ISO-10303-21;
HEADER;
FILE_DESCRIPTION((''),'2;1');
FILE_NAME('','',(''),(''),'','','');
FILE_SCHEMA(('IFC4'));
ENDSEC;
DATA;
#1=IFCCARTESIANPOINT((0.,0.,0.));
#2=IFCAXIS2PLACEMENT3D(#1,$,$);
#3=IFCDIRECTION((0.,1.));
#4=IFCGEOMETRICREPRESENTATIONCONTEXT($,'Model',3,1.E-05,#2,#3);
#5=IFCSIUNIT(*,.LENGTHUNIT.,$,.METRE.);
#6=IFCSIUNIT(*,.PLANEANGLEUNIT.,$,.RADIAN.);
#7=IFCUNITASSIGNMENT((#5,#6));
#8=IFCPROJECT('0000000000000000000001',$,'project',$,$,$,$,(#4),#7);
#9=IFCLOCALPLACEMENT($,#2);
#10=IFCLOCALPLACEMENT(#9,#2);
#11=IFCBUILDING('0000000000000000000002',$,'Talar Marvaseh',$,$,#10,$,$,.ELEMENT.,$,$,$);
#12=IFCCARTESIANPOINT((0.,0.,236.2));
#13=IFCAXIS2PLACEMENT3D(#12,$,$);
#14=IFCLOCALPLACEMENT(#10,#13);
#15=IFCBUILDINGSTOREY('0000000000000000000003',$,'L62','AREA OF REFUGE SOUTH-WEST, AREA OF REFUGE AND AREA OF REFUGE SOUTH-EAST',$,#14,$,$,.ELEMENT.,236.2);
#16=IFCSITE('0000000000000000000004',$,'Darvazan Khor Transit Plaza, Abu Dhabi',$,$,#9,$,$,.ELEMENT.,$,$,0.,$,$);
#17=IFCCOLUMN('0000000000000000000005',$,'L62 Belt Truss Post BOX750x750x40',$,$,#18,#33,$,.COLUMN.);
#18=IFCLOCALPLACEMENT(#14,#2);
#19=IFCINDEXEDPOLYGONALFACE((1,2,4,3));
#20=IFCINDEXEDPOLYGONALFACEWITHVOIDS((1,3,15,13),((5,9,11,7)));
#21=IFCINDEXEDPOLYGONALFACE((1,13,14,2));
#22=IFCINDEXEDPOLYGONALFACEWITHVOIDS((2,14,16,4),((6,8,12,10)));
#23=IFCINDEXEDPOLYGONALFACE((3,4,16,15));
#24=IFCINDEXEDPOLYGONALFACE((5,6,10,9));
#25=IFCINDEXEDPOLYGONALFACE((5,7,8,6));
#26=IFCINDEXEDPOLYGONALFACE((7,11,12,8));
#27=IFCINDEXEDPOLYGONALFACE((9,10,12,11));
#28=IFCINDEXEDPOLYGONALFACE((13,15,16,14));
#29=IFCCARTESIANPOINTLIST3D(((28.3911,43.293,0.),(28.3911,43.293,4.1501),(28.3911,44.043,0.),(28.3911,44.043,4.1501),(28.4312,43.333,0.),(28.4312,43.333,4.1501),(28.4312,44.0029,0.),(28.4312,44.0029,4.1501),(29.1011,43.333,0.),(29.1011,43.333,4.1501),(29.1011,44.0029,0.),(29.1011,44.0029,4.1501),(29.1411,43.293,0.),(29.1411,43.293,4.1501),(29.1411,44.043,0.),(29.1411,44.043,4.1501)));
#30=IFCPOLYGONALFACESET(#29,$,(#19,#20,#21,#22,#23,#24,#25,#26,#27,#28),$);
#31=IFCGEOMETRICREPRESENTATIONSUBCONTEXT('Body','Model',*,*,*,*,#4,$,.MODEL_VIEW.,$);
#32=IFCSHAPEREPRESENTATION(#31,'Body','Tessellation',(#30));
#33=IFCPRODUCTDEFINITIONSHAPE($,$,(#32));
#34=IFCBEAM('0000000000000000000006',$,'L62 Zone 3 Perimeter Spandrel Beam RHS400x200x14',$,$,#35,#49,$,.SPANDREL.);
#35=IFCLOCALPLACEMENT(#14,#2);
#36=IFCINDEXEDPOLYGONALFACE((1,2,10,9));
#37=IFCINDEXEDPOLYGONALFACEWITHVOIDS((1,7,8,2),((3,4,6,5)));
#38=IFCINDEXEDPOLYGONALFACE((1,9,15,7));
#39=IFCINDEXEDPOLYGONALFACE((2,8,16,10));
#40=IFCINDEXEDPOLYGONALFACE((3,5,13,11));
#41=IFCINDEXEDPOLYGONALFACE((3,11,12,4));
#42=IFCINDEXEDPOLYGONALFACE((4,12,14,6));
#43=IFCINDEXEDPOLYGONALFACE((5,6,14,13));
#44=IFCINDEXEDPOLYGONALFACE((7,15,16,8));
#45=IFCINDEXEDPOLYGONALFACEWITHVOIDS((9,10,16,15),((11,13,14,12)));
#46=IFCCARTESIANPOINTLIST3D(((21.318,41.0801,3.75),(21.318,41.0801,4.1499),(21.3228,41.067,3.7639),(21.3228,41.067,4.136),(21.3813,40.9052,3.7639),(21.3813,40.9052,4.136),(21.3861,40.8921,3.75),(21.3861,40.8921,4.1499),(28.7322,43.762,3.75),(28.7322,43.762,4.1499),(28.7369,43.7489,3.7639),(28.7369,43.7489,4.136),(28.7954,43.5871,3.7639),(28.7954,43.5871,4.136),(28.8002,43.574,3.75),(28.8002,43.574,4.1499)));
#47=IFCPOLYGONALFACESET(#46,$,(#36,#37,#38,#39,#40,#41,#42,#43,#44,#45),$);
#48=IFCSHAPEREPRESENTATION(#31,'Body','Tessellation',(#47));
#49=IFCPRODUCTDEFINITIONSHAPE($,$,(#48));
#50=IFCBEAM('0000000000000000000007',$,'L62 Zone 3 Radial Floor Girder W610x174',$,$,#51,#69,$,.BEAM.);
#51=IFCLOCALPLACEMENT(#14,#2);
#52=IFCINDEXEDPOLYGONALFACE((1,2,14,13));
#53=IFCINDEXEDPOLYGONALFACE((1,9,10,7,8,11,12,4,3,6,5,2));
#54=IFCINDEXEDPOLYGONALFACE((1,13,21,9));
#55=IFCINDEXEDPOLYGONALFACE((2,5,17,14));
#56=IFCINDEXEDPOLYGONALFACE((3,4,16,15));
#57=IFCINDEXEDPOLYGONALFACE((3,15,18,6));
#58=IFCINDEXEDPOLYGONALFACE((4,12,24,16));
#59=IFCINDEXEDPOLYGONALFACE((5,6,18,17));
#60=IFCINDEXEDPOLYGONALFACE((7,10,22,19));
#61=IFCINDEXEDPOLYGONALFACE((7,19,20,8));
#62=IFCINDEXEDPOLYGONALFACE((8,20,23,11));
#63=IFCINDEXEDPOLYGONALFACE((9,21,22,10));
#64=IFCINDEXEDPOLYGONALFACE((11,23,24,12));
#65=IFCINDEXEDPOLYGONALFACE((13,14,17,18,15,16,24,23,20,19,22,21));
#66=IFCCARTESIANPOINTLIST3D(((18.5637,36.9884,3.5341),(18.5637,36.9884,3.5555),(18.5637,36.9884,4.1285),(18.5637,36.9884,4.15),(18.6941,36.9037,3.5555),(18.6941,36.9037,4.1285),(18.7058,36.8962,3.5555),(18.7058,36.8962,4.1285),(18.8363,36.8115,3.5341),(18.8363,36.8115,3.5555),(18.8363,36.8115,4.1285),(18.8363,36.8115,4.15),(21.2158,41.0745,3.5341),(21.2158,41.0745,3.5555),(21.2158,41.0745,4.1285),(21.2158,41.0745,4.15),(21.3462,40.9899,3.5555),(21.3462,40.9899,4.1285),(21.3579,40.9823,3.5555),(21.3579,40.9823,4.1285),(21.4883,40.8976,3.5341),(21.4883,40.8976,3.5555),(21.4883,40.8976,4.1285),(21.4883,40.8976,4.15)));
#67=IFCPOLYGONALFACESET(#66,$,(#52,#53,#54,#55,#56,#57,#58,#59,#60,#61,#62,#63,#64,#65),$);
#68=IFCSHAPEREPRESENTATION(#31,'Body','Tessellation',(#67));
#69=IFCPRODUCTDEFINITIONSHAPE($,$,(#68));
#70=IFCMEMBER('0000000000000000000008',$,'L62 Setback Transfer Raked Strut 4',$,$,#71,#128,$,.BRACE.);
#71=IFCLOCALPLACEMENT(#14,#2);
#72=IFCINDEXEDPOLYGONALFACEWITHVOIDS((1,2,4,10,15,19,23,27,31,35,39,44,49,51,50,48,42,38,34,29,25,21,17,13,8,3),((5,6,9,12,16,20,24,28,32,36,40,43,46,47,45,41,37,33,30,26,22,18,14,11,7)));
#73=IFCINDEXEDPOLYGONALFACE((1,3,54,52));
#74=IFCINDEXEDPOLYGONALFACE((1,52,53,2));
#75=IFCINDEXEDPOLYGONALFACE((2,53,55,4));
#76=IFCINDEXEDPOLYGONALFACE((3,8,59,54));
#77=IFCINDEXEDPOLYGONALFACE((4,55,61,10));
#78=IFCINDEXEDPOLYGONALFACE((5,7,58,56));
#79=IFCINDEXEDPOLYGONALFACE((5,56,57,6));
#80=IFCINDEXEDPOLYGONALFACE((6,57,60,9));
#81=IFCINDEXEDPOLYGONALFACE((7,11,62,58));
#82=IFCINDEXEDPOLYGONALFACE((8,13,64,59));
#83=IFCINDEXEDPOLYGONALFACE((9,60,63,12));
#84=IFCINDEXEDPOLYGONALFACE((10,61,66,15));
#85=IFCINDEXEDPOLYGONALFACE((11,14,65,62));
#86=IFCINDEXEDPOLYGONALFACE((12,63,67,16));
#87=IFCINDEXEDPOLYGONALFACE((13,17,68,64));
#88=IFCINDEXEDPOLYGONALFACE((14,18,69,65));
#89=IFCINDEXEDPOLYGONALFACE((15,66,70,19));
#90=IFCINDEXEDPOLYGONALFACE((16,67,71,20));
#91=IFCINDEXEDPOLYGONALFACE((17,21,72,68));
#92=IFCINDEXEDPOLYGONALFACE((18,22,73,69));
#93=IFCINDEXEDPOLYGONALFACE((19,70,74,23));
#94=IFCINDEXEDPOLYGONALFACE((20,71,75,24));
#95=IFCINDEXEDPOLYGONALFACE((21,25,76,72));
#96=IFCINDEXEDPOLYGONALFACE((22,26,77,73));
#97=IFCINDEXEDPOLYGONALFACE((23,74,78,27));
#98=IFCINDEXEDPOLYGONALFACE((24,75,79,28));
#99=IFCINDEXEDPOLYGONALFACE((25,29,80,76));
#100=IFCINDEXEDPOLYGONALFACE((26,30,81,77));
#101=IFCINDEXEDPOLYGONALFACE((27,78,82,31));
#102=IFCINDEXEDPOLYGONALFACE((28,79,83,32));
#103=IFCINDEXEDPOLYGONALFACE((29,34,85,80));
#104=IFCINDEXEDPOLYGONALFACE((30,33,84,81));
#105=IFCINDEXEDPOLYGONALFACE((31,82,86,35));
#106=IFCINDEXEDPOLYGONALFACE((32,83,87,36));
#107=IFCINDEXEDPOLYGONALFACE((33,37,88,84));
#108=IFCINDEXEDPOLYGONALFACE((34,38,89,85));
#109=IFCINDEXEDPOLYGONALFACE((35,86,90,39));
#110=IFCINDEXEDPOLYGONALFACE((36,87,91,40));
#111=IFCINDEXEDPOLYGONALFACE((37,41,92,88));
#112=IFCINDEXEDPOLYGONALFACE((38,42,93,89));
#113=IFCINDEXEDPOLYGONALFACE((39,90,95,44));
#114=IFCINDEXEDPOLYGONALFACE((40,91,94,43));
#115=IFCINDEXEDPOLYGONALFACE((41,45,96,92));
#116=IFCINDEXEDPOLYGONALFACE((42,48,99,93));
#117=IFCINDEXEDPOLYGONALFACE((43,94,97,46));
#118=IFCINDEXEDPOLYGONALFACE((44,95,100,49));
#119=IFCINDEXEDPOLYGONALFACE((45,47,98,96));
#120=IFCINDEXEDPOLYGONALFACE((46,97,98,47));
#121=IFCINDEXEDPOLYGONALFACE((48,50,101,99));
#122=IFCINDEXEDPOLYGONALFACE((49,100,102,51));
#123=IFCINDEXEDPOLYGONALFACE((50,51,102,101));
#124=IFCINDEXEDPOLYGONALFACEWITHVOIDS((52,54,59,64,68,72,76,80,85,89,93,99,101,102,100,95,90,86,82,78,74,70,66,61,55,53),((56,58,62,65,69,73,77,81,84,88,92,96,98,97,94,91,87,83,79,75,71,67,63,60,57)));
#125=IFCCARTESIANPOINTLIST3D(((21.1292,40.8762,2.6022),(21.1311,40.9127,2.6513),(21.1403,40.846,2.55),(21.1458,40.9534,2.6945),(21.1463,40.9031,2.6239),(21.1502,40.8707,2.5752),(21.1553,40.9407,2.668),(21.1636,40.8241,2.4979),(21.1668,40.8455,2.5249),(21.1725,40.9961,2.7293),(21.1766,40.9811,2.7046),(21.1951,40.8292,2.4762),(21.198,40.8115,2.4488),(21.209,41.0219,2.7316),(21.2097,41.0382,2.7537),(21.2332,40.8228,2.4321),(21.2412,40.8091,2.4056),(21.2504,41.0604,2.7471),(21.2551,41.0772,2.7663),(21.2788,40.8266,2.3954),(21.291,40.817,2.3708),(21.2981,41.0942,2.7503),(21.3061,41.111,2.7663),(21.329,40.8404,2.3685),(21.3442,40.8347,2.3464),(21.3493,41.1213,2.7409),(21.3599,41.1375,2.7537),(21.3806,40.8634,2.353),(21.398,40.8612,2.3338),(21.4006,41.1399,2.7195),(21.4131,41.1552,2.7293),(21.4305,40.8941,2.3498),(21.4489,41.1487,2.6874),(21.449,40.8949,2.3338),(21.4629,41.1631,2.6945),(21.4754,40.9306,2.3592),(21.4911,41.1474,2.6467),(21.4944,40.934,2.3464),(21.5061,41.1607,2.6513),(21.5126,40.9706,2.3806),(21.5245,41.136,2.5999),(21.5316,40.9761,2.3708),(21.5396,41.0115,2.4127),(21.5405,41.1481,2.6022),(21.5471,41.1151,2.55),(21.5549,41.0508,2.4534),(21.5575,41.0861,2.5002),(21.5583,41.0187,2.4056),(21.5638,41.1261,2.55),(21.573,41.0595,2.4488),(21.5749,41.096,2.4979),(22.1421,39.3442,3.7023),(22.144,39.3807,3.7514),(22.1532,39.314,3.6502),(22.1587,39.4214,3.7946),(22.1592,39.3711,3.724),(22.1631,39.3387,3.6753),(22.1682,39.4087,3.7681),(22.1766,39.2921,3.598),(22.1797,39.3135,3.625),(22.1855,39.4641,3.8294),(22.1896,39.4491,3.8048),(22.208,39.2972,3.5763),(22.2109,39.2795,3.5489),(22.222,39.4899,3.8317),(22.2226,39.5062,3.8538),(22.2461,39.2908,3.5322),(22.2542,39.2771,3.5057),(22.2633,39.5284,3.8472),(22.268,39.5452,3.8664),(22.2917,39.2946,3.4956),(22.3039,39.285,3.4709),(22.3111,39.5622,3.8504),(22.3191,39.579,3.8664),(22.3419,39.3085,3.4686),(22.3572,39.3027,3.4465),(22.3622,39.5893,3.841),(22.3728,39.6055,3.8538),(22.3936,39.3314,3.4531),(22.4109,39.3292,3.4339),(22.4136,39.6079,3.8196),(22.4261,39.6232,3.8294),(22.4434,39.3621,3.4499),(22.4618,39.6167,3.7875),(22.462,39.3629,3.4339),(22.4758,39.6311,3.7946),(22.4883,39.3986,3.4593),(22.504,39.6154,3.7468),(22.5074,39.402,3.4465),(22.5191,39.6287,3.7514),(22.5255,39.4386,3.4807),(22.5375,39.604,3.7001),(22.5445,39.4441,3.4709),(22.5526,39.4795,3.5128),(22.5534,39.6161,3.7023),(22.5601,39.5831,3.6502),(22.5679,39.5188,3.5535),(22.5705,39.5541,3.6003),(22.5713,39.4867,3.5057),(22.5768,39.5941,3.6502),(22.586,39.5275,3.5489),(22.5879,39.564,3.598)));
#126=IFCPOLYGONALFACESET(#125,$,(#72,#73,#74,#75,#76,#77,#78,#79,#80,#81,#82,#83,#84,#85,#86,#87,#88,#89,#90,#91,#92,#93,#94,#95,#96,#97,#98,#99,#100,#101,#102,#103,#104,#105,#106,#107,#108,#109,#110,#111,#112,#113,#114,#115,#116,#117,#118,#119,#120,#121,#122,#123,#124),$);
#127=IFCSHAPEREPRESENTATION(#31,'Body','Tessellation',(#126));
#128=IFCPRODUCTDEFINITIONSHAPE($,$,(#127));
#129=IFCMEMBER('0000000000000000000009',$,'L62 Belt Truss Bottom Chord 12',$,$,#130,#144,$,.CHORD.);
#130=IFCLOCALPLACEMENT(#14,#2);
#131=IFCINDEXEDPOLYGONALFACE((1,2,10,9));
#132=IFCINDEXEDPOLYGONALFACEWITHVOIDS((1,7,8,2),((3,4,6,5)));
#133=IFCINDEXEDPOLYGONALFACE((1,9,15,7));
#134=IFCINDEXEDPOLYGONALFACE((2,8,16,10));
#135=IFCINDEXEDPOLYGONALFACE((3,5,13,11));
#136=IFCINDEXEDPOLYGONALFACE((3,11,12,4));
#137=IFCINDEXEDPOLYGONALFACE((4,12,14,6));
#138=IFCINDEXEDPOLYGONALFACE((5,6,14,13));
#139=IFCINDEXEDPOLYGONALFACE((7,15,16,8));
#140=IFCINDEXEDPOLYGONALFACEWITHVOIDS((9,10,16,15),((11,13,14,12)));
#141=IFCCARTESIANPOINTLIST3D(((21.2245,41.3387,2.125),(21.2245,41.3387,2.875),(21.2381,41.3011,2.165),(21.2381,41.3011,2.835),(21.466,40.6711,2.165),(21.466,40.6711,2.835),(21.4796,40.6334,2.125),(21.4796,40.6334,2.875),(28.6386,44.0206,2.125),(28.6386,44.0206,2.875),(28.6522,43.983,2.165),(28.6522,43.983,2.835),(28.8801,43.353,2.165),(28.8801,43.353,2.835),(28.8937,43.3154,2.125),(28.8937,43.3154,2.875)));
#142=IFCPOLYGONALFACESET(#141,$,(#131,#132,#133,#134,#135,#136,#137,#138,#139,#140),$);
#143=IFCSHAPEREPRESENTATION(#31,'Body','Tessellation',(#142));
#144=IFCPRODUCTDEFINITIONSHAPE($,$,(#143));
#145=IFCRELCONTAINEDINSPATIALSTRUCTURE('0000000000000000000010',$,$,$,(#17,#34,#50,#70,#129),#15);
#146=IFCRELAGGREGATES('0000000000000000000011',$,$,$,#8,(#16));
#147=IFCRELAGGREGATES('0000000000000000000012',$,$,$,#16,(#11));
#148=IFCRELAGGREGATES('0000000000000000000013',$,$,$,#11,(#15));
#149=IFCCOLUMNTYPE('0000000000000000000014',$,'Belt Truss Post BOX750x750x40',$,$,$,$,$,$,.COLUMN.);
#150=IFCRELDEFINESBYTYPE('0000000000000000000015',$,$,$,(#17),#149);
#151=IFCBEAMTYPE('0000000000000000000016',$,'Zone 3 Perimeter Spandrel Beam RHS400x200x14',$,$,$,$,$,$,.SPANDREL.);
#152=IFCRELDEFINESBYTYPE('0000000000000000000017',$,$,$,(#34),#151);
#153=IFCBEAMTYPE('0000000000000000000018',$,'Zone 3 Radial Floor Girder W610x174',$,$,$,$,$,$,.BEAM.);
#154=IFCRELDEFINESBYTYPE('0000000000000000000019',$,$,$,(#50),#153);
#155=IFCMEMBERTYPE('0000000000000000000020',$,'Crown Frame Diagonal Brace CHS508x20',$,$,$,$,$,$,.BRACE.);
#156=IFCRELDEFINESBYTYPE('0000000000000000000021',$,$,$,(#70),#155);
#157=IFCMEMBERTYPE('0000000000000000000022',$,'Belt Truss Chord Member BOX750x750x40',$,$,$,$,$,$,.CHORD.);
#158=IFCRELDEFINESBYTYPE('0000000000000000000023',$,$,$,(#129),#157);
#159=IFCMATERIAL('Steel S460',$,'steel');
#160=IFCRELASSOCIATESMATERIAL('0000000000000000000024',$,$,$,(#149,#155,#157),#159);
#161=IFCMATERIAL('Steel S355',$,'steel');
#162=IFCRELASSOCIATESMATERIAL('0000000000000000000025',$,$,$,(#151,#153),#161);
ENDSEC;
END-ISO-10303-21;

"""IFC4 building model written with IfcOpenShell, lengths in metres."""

from ifc_helpers import new_model, si_unit, direction, frame, origin, origin_2d, place, context, subcontext, project, spatial, hollow_rectangle, hollow_circle, i_section, extrude, source, transform, mapped, material, material_profile, profile_set, type_object, type_shapes, element, save


model = new_model("IFC4")

# Units and contexts
model_context = context("Model", 3, precision=1e-05, world=origin(), true_north=direction((0.0, 1.0)))
body_context = subcontext(model_context, "Body", "Model", "MODEL_VIEW")
ifc_project = project(units=[si_unit("LENGTHUNIT", "METRE"), si_unit("PLANEANGLEUNIT", "RADIAN")], contexts=[model_context])

# Site, building, storey
site_placement = place(None, origin())
site = spatial("IfcSite", under=ifc_project, at=site_placement, Name="Darvazan Khor Transit Plaza, Abu Dhabi", CompositionType="ELEMENT", RefElevation=0.0)
building_placement = place(site_placement, origin())
building = spatial("IfcBuilding", under=site, at=building_placement, Name="Talar Marvaseh", CompositionType="ELEMENT")
storey_placement = place(building_placement, frame((0.0, 0.0, 236.2)))
storey = spatial("IfcBuildingStorey", under=building, at=storey_placement, Name="L62", Description="AREA OF REFUGE SOUTH-WEST, AREA OF REFUGE AND AREA OF REFUGE SOUTH-EAST", CompositionType="ELEMENT", Elevation=236.2)

# Column
ifc_material_1 = material(Name="Steel S460", Category="steel")
ifc_material_profile_1 = material_profile(ifc_material_1, hollow_rectangle(XDim=0.75, YDim=0.75, WallThickness=0.04, at=origin_2d()), Name="BOX750x750x40")
ifc_profile_set_1 = profile_set([ifc_material_profile_1], Name="Steel S460")
column_type = type_object("IfcColumnType", Name="Belt Truss Post BOX750x750x40", PredefinedType="COLUMN", material=ifc_profile_set_1)
column_placement = place(storey_placement, frame((28.7661, 43.668, 0.0), z_axis=(0.0, 0.0, 1.0), x_axis=(1.0, 0.0, 0.0)))
element("IfcColumn", 1, at=column_placement, inside=storey, type_object=column_type, Name="L62 Belt Truss Post BOX750x750x40", PredefinedType="COLUMN", context=body_context, shape_type="SweptSolid", body=[
    extrude(hollow_rectangle(XDim=0.75, YDim=0.75, WallThickness=0.04, at=origin_2d()), origin(), (0.0, 0.0, 1.0), 4.1501),
])

# Beams
ifc_material_2 = material(Name="Steel S355", Category="steel")
ifc_material_profile_2 = material_profile(ifc_material_2, hollow_rectangle(XDim=0.2, YDim=0.3999, WallThickness=0.0139, at=origin_2d()), Name="RHS400x200x14")
ifc_profile_set_2 = profile_set([ifc_material_profile_2], Name="Steel S355")
beam_type_1 = type_object("IfcBeamType", Name="Zone 3 Perimeter Spandrel Beam RHS400x200x14", PredefinedType="SPANDREL", material=ifc_profile_set_2)
beam_1_placement = place(storey_placement, frame((21.3521, 40.9861, 3.95), z_axis=(0.940368, 0.340159, 0.0), x_axis=(-0.340159, 0.940368, 0.0)))
element("IfcBeam", 2, at=beam_1_placement, inside=storey, type_object=beam_type_1, Name="L62 Zone 3 Perimeter Spandrel Beam RHS400x200x14", PredefinedType="SPANDREL", context=body_context, shape_type="SweptSolid", body=[
    extrude(hollow_rectangle(XDim=0.2, YDim=0.3999, WallThickness=0.0139, at=origin_2d()), origin(), (0.0, 0.0, 1.0), 7.8843),
])
ifc_material_profile_3 = material_profile(ifc_material_2, i_section(OverallWidth=0.325, OverallDepth=0.616, WebThickness=0.0139, FlangeThickness=0.0215, at=origin_2d()), Name="W610x174")
ifc_profile_set_3 = profile_set([ifc_material_profile_3], Name="Steel S355")
beam_type_2 = type_object("IfcBeamType", Name="Zone 3 Radial Floor Girder W610x174", PredefinedType="BEAM", material=ifc_profile_set_3)
beam_2_placement = place(storey_placement, frame((21.3521, 40.9861, 3.842), z_axis=(-0.544423, -0.838811, 0.0), x_axis=(0.838811, -0.544423, 0.0)))
element("IfcBeam", 3, at=beam_2_placement, inside=storey, type_object=beam_type_2, Name="L62 Zone 3 Radial Floor Girder W610x174", PredefinedType="BEAM", context=body_context, shape_type="SweptSolid", body=[
    extrude(i_section(OverallWidth=0.325, OverallDepth=0.616, WebThickness=0.0139, FlangeThickness=0.0215, at=origin_2d()), origin(), (0.0, 0.0, 1.0), 4.8713),
])

# Members
ifc_material_profile_4 = material_profile(ifc_material_1, hollow_circle(Radius=0.2539, WallThickness=0.02, at=origin_2d()), Name="CHS508x20")
ifc_profile_set_4 = profile_set([ifc_material_profile_4], Name="Steel S460")
member_type_1 = type_object("IfcMemberType", Name="Crown Frame Diagonal Brace CHS508x20", PredefinedType="BRACE", material=ifc_profile_set_4)
shared_shape_1 = source(origin(), body_context, "Body", "SweptSolid", [
    extrude(hollow_circle(Radius=0.2539, WallThickness=0.02, at=origin_2d()), origin(), (0.0, 0.0, 1.0), 2.1409),
])
type_shapes(member_type_1, [shared_shape_1])
member_1_placement = place(storey_placement, frame((21.3521, 40.9861, 2.55), z_axis=(0.473149, -0.715596, 0.513861), x_axis=(0.834151, 0.551536, 0.0)))
element("IfcMember", 4, at=member_1_placement, inside=storey, type_object=member_type_1, Name="L62 Setback Transfer Raked Strut 4", PredefinedType="BRACE", context=body_context, shape_type="MappedRepresentation", body=[
    mapped(shared_shape_1, transform((0.0, 0.0, 0.0), x_axis=(1.0, 0.0, 0.0), y_axis=(0.0, 1.0, 0.0), z_axis=(0.0, 0.0, 1.0), scale=1.0)),
])
ifc_material_profile_5 = material_profile(ifc_material_1, hollow_rectangle(XDim=0.75, YDim=0.75, WallThickness=0.04, at=origin_2d()), Name="BOX750x750x40")
ifc_profile_set_5 = profile_set([ifc_material_profile_5], Name="Steel S460")
member_type_2 = type_object("IfcMemberType", Name="Belt Truss Chord Member BOX750x750x40", PredefinedType="CHORD", material=ifc_profile_set_5)
shared_shape_2 = source(origin(), body_context, "Body", "SweptSolid", [
    extrude(hollow_rectangle(XDim=0.75, YDim=0.75, WallThickness=0.04, at=origin_2d()), origin(), (0.0, 0.0, 1.0), 7.8843),
])
type_shapes(member_type_2, [shared_shape_2])
member_2_placement = place(storey_placement, frame((21.3521, 40.9861, 2.5), z_axis=(0.940368, 0.340159, 0.0), x_axis=(-0.340159, 0.940368, 0.0)))
element("IfcMember", 5, at=member_2_placement, inside=storey, type_object=member_type_2, Name="L62 Belt Truss Bottom Chord 12", PredefinedType="CHORD", context=body_context, shape_type="MappedRepresentation", body=[
    mapped(shared_shape_2, transform((0.0, 0.0, 0.0), x_axis=(1.0, 0.0, 0.0), y_axis=(0.0, 1.0, 0.0), z_axis=(0.0, 0.0, 1.0), scale=1.0)),
])

save(model, "model.ifc")
